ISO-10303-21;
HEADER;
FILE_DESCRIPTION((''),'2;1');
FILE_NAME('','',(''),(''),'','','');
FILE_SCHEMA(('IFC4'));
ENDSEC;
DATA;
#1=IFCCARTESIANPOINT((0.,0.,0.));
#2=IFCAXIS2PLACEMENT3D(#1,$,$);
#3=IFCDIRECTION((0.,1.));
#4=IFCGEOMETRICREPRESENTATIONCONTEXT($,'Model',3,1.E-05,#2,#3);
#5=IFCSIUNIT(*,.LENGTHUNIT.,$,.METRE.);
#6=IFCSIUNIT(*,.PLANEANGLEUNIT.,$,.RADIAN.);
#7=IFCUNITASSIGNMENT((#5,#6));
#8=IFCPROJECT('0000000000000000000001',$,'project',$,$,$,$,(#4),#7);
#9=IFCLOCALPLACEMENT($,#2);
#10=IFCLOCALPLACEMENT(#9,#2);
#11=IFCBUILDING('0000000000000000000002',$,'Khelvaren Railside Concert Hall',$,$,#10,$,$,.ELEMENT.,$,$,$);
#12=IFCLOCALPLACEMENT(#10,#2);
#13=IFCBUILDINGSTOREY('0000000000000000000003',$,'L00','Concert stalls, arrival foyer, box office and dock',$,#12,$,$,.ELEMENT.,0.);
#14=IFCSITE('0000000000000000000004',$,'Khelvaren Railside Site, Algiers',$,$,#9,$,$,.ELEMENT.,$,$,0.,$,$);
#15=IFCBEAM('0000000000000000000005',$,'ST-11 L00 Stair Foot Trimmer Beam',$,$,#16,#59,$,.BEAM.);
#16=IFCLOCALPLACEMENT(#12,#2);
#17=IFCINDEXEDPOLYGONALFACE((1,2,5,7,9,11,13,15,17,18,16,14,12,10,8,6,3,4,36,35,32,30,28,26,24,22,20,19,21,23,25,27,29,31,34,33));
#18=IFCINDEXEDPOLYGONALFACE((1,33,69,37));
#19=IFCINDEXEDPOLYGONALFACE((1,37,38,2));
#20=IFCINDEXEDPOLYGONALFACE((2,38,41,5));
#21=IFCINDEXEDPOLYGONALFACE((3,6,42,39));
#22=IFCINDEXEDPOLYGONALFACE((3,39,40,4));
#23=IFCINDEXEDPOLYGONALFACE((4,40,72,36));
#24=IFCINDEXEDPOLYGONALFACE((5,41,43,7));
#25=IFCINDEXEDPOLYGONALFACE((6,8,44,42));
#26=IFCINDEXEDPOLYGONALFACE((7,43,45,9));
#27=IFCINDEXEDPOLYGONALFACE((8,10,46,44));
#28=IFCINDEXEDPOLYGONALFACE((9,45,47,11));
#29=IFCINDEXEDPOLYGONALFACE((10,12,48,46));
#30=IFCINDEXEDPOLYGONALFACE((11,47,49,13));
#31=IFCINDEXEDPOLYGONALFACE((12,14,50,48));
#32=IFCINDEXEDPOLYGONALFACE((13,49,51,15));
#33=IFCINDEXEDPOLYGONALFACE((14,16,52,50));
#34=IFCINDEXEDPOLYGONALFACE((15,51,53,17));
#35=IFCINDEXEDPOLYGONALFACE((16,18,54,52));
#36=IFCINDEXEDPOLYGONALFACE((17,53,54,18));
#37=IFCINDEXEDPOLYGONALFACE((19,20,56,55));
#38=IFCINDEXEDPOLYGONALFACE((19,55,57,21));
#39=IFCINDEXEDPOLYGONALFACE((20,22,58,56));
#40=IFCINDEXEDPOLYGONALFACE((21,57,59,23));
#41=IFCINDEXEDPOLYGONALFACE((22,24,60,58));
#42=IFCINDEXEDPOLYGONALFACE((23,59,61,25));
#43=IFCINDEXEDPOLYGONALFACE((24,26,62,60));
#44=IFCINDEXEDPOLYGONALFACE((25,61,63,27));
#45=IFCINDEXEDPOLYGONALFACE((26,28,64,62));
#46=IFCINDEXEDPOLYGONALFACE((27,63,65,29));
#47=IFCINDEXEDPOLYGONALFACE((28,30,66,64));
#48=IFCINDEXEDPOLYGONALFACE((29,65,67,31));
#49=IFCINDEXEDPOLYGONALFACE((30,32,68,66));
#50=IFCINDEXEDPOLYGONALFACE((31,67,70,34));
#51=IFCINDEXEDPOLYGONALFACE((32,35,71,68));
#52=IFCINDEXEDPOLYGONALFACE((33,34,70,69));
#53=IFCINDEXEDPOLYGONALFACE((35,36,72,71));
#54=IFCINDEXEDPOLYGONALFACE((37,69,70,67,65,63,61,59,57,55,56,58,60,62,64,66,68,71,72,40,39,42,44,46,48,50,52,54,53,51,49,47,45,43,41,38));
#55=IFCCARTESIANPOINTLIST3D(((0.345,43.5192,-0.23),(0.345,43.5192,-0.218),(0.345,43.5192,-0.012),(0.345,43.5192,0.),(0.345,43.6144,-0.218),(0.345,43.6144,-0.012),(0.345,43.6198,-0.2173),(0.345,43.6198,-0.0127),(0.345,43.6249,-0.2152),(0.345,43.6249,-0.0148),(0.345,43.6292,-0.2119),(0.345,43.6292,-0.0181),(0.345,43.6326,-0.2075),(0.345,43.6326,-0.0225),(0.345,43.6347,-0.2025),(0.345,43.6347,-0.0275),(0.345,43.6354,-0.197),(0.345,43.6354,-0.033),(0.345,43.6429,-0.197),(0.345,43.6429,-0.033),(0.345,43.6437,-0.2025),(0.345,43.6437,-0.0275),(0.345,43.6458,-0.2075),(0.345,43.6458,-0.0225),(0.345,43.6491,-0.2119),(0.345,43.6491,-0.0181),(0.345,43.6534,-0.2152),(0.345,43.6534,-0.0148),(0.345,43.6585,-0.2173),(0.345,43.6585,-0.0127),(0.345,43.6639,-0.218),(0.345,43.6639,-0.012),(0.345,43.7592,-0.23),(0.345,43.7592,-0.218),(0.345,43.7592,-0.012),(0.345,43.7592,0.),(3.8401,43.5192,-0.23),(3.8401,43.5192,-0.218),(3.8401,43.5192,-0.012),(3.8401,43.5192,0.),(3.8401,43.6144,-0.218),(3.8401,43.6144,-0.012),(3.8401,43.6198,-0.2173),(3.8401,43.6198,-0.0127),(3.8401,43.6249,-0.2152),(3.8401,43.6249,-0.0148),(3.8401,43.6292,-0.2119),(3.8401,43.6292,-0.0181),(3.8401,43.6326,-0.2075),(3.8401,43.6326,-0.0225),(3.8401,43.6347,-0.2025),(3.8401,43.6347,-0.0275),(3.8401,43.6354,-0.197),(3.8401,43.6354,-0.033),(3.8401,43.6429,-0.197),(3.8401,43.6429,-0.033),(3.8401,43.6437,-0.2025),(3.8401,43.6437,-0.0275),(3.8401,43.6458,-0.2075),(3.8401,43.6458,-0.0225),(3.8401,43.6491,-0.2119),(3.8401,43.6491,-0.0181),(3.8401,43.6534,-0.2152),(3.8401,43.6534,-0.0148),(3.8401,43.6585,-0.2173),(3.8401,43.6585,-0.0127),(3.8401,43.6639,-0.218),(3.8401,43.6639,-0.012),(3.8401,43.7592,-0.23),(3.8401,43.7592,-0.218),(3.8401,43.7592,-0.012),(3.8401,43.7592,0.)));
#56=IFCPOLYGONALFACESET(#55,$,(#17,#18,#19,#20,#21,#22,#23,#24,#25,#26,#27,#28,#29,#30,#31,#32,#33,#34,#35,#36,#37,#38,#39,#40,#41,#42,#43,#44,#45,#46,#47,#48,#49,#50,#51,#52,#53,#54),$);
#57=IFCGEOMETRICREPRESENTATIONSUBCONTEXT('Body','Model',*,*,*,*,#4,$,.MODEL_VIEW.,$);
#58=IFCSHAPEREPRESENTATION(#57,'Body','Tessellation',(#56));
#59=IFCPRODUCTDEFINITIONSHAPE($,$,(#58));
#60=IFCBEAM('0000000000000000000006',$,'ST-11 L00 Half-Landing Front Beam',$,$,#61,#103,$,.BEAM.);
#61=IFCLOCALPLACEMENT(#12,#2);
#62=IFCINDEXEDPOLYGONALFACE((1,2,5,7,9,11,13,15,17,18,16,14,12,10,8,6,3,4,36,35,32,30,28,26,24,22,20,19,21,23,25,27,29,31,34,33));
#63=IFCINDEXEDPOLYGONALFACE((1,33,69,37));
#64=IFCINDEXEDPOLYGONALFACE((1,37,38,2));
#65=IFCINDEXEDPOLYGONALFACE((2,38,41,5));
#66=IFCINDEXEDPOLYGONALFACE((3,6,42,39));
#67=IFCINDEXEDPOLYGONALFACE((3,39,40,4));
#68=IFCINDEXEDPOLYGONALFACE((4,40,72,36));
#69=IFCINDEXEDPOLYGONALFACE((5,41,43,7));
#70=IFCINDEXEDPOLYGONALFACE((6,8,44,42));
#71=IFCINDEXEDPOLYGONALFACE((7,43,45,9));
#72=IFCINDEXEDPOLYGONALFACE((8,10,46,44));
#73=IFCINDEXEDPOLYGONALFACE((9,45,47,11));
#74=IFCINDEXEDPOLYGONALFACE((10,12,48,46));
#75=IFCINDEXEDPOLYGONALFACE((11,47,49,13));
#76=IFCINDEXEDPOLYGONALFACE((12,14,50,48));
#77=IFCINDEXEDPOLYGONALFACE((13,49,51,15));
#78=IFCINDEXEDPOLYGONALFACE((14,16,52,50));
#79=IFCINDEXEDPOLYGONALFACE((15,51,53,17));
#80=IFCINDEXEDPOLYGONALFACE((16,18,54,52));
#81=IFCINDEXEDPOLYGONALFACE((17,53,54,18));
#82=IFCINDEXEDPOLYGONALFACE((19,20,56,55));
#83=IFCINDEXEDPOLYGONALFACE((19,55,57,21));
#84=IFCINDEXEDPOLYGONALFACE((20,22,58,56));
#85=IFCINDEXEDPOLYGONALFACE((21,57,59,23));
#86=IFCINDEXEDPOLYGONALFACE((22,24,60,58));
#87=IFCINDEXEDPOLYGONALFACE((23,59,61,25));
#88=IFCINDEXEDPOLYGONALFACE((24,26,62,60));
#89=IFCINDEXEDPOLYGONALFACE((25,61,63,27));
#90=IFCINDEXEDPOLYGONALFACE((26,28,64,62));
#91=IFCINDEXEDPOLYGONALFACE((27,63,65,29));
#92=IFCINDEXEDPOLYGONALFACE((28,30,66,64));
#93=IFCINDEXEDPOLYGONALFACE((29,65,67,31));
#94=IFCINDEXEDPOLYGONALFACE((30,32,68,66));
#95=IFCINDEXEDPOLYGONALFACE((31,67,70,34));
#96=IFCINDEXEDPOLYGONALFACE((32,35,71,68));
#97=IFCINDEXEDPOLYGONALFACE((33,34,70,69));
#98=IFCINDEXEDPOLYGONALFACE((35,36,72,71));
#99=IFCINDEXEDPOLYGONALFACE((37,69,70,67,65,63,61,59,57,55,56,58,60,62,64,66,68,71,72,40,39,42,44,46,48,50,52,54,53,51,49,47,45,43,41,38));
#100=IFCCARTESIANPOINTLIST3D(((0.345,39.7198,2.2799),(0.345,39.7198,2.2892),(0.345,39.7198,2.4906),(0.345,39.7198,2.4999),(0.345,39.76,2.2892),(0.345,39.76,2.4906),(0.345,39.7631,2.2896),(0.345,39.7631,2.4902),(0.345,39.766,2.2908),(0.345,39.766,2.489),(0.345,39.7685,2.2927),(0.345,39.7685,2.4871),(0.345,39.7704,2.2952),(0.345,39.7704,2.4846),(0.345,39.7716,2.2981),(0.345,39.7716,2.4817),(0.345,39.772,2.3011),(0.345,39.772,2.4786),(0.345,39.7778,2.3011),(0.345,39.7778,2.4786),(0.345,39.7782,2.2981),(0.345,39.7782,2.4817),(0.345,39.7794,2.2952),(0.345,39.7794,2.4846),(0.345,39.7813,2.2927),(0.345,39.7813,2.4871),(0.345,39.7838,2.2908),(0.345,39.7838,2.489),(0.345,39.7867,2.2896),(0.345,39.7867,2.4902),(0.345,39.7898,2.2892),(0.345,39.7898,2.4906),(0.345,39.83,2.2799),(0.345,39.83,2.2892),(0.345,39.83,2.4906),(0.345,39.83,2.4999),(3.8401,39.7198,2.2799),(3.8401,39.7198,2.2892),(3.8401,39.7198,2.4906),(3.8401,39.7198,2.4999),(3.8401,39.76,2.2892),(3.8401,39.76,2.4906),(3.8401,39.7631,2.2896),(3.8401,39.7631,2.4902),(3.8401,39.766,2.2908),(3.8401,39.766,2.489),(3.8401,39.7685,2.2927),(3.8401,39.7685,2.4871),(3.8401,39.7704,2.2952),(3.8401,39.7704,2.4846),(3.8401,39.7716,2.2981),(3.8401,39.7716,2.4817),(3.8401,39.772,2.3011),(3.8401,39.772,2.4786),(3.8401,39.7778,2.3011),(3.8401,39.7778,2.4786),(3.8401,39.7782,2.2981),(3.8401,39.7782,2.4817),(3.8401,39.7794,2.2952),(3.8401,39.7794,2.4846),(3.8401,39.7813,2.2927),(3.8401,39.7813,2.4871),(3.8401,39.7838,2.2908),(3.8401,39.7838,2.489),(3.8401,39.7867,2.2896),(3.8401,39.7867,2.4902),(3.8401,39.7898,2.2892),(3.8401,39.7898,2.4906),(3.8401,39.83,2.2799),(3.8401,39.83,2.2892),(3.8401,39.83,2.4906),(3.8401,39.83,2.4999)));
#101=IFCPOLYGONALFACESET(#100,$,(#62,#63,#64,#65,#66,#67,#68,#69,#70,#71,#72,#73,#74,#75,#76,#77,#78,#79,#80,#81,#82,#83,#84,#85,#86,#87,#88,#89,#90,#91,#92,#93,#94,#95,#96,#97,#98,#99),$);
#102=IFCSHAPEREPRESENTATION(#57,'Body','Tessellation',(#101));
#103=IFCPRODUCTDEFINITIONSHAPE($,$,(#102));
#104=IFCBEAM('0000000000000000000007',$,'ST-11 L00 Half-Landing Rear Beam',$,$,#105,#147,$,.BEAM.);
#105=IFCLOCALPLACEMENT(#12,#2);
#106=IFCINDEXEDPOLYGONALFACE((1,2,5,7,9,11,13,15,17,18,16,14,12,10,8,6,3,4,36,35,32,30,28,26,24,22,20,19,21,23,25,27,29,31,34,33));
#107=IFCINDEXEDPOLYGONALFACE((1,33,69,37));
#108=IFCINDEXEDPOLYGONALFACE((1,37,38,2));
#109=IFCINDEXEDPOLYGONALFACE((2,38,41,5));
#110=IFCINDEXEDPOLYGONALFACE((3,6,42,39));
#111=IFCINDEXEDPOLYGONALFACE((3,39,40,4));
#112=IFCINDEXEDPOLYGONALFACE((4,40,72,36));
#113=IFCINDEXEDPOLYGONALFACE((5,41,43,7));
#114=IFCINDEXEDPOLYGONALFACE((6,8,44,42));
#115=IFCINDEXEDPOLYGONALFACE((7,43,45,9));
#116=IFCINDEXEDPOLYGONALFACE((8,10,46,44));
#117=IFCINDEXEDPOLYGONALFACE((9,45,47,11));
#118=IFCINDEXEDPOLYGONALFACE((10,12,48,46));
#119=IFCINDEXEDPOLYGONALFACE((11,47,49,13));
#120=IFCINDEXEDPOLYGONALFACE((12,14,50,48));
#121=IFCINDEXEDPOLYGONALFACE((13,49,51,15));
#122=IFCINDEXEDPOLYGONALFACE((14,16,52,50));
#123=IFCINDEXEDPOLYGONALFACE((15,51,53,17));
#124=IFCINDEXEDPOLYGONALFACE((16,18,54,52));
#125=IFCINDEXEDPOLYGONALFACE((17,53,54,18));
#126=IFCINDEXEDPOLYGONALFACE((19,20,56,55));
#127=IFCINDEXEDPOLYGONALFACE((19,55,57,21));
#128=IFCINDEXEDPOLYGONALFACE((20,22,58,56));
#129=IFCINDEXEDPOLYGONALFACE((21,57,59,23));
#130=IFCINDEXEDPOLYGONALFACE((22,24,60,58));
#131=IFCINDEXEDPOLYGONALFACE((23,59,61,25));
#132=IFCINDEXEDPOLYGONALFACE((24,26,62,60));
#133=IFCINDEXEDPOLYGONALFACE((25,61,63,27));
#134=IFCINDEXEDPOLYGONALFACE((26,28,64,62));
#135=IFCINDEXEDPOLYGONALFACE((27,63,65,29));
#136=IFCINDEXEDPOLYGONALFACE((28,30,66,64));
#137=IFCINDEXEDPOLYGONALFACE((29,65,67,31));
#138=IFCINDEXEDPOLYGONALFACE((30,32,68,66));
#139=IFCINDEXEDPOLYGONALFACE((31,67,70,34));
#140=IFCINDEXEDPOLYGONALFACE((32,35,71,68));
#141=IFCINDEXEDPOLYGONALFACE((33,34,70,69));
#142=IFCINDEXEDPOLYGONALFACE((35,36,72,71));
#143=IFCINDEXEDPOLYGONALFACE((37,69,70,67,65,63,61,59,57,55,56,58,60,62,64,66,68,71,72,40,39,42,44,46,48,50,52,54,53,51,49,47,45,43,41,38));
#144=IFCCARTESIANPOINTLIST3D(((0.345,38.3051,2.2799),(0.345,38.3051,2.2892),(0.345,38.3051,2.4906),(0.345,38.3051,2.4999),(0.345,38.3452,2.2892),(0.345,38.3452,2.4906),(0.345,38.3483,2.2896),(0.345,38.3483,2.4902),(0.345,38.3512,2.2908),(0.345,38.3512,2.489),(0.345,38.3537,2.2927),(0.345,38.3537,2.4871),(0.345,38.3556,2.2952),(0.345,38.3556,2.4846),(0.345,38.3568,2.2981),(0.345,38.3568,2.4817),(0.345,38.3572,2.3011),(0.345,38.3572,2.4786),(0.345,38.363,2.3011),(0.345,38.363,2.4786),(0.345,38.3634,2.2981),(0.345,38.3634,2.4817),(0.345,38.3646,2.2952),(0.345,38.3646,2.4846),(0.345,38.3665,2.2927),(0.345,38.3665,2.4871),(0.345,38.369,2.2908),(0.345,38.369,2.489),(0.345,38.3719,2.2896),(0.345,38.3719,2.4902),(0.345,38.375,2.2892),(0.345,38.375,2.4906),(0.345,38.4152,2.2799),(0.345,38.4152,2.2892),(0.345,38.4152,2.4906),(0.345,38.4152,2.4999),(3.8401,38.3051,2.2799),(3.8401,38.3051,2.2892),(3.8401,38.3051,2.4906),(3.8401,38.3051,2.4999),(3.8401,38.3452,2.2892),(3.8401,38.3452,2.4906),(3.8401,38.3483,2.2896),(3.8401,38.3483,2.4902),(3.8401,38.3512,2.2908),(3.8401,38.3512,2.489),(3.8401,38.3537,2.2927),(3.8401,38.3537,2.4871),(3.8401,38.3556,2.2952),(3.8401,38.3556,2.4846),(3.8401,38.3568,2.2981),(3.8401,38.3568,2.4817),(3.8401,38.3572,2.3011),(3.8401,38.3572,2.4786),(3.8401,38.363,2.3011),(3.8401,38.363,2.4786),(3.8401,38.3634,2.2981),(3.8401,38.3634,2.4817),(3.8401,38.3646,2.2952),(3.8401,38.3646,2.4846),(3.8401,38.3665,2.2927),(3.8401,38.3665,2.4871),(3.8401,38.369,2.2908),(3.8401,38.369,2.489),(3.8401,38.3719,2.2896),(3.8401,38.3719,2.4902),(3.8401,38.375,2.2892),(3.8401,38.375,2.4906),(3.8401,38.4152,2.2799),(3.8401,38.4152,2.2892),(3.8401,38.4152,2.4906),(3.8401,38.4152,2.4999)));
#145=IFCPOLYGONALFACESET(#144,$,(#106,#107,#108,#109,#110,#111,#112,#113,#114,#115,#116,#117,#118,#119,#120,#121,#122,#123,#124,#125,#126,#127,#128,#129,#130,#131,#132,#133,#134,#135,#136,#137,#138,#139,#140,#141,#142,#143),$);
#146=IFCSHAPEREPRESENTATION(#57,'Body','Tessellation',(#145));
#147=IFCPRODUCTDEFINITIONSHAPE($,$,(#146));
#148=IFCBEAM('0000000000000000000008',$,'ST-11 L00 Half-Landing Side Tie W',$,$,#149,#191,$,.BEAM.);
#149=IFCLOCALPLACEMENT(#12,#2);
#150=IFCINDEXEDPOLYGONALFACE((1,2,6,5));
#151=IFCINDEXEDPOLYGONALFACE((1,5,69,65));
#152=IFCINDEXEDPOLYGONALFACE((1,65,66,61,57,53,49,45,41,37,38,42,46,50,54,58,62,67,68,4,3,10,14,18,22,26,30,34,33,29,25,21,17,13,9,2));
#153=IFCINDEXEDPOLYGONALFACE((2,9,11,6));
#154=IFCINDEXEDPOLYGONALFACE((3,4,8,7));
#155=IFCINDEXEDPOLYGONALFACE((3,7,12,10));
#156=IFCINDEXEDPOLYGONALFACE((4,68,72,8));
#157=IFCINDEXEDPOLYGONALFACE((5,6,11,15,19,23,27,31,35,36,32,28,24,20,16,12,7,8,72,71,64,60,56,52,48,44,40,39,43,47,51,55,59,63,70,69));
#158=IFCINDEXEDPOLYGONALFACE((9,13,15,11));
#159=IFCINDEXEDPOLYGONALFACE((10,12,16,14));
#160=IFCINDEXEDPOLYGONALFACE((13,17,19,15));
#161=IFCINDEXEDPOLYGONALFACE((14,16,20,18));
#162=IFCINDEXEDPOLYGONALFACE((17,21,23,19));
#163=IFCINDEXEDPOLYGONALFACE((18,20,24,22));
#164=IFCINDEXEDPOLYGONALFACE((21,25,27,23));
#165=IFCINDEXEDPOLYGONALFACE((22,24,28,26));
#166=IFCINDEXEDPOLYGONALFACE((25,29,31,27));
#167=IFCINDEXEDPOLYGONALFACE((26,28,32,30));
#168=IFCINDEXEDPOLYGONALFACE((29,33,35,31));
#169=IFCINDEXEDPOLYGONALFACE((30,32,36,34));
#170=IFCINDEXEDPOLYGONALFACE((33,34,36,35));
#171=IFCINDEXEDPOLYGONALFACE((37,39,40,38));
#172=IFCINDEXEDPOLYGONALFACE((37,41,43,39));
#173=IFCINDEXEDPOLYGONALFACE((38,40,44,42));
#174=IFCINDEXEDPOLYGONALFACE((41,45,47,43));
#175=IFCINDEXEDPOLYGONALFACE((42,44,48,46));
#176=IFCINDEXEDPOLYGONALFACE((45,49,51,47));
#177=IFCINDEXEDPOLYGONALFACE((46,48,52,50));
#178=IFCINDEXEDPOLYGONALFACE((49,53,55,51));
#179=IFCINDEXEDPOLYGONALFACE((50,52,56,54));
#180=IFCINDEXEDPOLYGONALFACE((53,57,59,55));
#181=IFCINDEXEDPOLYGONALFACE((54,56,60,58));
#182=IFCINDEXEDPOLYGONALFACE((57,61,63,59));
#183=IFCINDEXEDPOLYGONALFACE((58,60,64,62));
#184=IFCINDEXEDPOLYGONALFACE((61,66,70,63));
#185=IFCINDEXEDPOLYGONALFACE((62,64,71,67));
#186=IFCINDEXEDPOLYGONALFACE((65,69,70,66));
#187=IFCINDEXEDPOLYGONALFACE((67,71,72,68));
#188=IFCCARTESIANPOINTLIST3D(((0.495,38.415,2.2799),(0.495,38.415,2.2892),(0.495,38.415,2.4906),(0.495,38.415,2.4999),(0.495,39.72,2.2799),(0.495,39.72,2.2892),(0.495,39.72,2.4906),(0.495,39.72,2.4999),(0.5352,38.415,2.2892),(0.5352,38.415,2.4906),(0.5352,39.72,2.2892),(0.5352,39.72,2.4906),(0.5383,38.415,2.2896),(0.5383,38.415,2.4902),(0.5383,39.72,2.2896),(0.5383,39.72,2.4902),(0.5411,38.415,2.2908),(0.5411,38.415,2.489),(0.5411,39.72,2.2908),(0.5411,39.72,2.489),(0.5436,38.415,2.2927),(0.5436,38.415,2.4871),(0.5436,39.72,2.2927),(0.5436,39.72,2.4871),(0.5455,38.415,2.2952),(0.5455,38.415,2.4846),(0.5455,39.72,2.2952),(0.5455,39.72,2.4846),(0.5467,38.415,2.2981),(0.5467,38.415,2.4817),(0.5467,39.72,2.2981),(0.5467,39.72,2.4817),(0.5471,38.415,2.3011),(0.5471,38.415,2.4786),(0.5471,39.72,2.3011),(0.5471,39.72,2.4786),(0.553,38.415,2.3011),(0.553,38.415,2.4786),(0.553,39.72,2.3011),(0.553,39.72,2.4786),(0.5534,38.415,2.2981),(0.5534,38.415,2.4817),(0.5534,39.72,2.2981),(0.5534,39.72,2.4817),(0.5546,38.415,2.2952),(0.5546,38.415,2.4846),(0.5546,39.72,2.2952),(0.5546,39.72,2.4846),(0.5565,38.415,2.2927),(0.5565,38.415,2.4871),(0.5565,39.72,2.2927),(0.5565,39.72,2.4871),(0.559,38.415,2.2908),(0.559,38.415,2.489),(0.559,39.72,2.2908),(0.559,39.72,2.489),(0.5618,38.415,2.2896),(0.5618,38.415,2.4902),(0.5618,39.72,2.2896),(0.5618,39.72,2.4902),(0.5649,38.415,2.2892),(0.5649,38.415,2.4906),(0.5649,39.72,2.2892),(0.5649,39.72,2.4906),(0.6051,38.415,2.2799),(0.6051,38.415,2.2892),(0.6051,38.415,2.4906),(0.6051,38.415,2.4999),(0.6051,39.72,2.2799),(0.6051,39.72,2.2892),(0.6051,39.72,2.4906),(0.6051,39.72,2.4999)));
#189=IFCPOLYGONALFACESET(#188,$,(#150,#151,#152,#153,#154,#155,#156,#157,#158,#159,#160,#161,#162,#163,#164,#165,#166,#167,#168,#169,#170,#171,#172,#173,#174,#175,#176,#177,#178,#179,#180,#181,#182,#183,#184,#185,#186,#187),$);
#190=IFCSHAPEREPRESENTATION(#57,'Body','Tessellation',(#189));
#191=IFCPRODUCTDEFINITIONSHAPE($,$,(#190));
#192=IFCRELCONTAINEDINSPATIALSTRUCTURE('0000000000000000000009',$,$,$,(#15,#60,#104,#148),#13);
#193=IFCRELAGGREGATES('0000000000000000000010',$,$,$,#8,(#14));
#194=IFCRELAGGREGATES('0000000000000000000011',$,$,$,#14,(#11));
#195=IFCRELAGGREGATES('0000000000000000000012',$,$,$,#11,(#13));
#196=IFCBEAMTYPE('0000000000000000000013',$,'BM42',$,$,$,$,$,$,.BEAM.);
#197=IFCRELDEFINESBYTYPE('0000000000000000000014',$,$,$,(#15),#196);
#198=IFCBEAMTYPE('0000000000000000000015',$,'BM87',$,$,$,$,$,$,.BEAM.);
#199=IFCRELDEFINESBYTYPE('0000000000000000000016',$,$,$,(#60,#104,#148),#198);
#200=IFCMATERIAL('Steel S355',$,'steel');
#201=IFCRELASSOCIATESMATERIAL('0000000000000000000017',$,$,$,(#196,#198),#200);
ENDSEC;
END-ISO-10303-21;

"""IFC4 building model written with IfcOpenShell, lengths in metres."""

from ifc_helpers import new_model, si_unit, direction, frame, origin, origin_2d, place, context, subcontext, project, spatial, i_section, extrude, material, material_profile, profile_set, type_object, element, save


model = new_model("IFC4")

# Units and contexts
model_context = context("Model", 3, precision=1e-05, world=origin(), true_north=direction((0.0, 1.0)))
body_context = subcontext(model_context, "Body", "Model", "MODEL_VIEW")
ifc_project = project(units=[si_unit("LENGTHUNIT", "METRE"), si_unit("PLANEANGLEUNIT", "RADIAN")], contexts=[model_context])

# Site, building, storey
site_placement = place(None, origin())
site = spatial("IfcSite", under=ifc_project, at=site_placement, Name="Khelvaren Railside Site, Algiers", CompositionType="ELEMENT", RefElevation=0.0)
building_placement = place(site_placement, origin())
building = spatial("IfcBuilding", under=site, at=building_placement, Name="Khelvaren Railside Concert Hall", CompositionType="ELEMENT")
storey_placement = place(building_placement, origin())
storey = spatial("IfcBuildingStorey", under=building, at=storey_placement, Name="L00", Description="Concert stalls, arrival foyer, box office and dock", CompositionType="ELEMENT", Elevation=0.0)

# Beams
ifc_material_1 = material(Name="Steel S355", Category="steel")
ifc_material_profile_1 = material_profile(ifc_material_1, i_section(OverallWidth=0.24, OverallDepth=0.23, WebThickness=0.0076, FlangeThickness=0.012, FilletRadius=0.021, at=origin_2d()), Name="HEA 240")
ifc_profile_set_1 = profile_set([ifc_material_profile_1], Name="Steel S355")
beam_type_1 = type_object("IfcBeamType", Name="BM42", PredefinedType="BEAM", material=ifc_profile_set_1)
beam_1_placement = place(storey_placement, frame((0.345, 43.6392, -0.115), z_axis=(1.0, 0.0, 0.0), x_axis=(0.0, 1.0, 0.0)))
element("IfcBeam", 1, at=beam_1_placement, inside=storey, type_object=beam_type_1, Name="ST-11 L00 Stair Foot Trimmer Beam", PredefinedType="BEAM", context=body_context, shape_type="SweptSolid", body=[
    extrude(i_section(OverallWidth=0.24, OverallDepth=0.23, WebThickness=0.0076, FlangeThickness=0.012, FilletRadius=0.021, at=origin_2d()), origin(), (0.0, 0.0, 1.0), 3.4951),
])
ifc_material_profile_2 = material_profile(ifc_material_1, i_section(OverallWidth=0.1101, OverallDepth=0.22, WebThickness=0.0059, FlangeThickness=0.0093, FilletRadius=0.012, at=origin_2d()), Name="IPE 220")
ifc_profile_set_2 = profile_set([ifc_material_profile_2], Name="Steel S355")
beam_type_2 = type_object("IfcBeamType", Name="BM87", PredefinedType="BEAM", material=ifc_profile_set_2)
for number, where, z_axis, x_axis, name in (
    (2, (0.345, 39.7749, 2.3899), (1.0, 0.0, 0.0), (0.0, 1.0, 0.0), "ST-11 L00 Half-Landing Front Beam"),
    (3, (0.345, 38.3601, 2.3899), (1.0, 0.0, 0.0), (0.0, 1.0, 0.0), "ST-11 L00 Half-Landing Rear Beam"),
):
    element("IfcBeam", number, at=place(storey_placement, frame(where, z_axis=z_axis, x_axis=x_axis)), inside=storey, type_object=beam_type_2, Name=name, PredefinedType="BEAM", context=body_context, shape_type="SweptSolid", body=[
        extrude(i_section(OverallWidth=0.1101, OverallDepth=0.22, WebThickness=0.0059, FlangeThickness=0.0093, FilletRadius=0.012, at=origin_2d()), origin(), (0.0, 0.0, 1.0), 3.4951),
    ])
beam_2_placement = place(storey_placement, frame((0.55, 38.415, 2.3899), z_axis=(0.0, 1.0, 0.0), x_axis=(-1.0, 0.0, 0.0)))
element("IfcBeam", 4, at=beam_2_placement, inside=storey, type_object=beam_type_2, Name="ST-11 L00 Half-Landing Side Tie W", PredefinedType="BEAM", context=body_context, shape_type="SweptSolid", body=[
    extrude(i_section(OverallWidth=0.1101, OverallDepth=0.22, WebThickness=0.0059, FlangeThickness=0.0093, FilletRadius=0.012, at=origin_2d()), origin(), (0.0, 0.0, 1.0), 1.3049),
])

save(model, "model.ifc")
